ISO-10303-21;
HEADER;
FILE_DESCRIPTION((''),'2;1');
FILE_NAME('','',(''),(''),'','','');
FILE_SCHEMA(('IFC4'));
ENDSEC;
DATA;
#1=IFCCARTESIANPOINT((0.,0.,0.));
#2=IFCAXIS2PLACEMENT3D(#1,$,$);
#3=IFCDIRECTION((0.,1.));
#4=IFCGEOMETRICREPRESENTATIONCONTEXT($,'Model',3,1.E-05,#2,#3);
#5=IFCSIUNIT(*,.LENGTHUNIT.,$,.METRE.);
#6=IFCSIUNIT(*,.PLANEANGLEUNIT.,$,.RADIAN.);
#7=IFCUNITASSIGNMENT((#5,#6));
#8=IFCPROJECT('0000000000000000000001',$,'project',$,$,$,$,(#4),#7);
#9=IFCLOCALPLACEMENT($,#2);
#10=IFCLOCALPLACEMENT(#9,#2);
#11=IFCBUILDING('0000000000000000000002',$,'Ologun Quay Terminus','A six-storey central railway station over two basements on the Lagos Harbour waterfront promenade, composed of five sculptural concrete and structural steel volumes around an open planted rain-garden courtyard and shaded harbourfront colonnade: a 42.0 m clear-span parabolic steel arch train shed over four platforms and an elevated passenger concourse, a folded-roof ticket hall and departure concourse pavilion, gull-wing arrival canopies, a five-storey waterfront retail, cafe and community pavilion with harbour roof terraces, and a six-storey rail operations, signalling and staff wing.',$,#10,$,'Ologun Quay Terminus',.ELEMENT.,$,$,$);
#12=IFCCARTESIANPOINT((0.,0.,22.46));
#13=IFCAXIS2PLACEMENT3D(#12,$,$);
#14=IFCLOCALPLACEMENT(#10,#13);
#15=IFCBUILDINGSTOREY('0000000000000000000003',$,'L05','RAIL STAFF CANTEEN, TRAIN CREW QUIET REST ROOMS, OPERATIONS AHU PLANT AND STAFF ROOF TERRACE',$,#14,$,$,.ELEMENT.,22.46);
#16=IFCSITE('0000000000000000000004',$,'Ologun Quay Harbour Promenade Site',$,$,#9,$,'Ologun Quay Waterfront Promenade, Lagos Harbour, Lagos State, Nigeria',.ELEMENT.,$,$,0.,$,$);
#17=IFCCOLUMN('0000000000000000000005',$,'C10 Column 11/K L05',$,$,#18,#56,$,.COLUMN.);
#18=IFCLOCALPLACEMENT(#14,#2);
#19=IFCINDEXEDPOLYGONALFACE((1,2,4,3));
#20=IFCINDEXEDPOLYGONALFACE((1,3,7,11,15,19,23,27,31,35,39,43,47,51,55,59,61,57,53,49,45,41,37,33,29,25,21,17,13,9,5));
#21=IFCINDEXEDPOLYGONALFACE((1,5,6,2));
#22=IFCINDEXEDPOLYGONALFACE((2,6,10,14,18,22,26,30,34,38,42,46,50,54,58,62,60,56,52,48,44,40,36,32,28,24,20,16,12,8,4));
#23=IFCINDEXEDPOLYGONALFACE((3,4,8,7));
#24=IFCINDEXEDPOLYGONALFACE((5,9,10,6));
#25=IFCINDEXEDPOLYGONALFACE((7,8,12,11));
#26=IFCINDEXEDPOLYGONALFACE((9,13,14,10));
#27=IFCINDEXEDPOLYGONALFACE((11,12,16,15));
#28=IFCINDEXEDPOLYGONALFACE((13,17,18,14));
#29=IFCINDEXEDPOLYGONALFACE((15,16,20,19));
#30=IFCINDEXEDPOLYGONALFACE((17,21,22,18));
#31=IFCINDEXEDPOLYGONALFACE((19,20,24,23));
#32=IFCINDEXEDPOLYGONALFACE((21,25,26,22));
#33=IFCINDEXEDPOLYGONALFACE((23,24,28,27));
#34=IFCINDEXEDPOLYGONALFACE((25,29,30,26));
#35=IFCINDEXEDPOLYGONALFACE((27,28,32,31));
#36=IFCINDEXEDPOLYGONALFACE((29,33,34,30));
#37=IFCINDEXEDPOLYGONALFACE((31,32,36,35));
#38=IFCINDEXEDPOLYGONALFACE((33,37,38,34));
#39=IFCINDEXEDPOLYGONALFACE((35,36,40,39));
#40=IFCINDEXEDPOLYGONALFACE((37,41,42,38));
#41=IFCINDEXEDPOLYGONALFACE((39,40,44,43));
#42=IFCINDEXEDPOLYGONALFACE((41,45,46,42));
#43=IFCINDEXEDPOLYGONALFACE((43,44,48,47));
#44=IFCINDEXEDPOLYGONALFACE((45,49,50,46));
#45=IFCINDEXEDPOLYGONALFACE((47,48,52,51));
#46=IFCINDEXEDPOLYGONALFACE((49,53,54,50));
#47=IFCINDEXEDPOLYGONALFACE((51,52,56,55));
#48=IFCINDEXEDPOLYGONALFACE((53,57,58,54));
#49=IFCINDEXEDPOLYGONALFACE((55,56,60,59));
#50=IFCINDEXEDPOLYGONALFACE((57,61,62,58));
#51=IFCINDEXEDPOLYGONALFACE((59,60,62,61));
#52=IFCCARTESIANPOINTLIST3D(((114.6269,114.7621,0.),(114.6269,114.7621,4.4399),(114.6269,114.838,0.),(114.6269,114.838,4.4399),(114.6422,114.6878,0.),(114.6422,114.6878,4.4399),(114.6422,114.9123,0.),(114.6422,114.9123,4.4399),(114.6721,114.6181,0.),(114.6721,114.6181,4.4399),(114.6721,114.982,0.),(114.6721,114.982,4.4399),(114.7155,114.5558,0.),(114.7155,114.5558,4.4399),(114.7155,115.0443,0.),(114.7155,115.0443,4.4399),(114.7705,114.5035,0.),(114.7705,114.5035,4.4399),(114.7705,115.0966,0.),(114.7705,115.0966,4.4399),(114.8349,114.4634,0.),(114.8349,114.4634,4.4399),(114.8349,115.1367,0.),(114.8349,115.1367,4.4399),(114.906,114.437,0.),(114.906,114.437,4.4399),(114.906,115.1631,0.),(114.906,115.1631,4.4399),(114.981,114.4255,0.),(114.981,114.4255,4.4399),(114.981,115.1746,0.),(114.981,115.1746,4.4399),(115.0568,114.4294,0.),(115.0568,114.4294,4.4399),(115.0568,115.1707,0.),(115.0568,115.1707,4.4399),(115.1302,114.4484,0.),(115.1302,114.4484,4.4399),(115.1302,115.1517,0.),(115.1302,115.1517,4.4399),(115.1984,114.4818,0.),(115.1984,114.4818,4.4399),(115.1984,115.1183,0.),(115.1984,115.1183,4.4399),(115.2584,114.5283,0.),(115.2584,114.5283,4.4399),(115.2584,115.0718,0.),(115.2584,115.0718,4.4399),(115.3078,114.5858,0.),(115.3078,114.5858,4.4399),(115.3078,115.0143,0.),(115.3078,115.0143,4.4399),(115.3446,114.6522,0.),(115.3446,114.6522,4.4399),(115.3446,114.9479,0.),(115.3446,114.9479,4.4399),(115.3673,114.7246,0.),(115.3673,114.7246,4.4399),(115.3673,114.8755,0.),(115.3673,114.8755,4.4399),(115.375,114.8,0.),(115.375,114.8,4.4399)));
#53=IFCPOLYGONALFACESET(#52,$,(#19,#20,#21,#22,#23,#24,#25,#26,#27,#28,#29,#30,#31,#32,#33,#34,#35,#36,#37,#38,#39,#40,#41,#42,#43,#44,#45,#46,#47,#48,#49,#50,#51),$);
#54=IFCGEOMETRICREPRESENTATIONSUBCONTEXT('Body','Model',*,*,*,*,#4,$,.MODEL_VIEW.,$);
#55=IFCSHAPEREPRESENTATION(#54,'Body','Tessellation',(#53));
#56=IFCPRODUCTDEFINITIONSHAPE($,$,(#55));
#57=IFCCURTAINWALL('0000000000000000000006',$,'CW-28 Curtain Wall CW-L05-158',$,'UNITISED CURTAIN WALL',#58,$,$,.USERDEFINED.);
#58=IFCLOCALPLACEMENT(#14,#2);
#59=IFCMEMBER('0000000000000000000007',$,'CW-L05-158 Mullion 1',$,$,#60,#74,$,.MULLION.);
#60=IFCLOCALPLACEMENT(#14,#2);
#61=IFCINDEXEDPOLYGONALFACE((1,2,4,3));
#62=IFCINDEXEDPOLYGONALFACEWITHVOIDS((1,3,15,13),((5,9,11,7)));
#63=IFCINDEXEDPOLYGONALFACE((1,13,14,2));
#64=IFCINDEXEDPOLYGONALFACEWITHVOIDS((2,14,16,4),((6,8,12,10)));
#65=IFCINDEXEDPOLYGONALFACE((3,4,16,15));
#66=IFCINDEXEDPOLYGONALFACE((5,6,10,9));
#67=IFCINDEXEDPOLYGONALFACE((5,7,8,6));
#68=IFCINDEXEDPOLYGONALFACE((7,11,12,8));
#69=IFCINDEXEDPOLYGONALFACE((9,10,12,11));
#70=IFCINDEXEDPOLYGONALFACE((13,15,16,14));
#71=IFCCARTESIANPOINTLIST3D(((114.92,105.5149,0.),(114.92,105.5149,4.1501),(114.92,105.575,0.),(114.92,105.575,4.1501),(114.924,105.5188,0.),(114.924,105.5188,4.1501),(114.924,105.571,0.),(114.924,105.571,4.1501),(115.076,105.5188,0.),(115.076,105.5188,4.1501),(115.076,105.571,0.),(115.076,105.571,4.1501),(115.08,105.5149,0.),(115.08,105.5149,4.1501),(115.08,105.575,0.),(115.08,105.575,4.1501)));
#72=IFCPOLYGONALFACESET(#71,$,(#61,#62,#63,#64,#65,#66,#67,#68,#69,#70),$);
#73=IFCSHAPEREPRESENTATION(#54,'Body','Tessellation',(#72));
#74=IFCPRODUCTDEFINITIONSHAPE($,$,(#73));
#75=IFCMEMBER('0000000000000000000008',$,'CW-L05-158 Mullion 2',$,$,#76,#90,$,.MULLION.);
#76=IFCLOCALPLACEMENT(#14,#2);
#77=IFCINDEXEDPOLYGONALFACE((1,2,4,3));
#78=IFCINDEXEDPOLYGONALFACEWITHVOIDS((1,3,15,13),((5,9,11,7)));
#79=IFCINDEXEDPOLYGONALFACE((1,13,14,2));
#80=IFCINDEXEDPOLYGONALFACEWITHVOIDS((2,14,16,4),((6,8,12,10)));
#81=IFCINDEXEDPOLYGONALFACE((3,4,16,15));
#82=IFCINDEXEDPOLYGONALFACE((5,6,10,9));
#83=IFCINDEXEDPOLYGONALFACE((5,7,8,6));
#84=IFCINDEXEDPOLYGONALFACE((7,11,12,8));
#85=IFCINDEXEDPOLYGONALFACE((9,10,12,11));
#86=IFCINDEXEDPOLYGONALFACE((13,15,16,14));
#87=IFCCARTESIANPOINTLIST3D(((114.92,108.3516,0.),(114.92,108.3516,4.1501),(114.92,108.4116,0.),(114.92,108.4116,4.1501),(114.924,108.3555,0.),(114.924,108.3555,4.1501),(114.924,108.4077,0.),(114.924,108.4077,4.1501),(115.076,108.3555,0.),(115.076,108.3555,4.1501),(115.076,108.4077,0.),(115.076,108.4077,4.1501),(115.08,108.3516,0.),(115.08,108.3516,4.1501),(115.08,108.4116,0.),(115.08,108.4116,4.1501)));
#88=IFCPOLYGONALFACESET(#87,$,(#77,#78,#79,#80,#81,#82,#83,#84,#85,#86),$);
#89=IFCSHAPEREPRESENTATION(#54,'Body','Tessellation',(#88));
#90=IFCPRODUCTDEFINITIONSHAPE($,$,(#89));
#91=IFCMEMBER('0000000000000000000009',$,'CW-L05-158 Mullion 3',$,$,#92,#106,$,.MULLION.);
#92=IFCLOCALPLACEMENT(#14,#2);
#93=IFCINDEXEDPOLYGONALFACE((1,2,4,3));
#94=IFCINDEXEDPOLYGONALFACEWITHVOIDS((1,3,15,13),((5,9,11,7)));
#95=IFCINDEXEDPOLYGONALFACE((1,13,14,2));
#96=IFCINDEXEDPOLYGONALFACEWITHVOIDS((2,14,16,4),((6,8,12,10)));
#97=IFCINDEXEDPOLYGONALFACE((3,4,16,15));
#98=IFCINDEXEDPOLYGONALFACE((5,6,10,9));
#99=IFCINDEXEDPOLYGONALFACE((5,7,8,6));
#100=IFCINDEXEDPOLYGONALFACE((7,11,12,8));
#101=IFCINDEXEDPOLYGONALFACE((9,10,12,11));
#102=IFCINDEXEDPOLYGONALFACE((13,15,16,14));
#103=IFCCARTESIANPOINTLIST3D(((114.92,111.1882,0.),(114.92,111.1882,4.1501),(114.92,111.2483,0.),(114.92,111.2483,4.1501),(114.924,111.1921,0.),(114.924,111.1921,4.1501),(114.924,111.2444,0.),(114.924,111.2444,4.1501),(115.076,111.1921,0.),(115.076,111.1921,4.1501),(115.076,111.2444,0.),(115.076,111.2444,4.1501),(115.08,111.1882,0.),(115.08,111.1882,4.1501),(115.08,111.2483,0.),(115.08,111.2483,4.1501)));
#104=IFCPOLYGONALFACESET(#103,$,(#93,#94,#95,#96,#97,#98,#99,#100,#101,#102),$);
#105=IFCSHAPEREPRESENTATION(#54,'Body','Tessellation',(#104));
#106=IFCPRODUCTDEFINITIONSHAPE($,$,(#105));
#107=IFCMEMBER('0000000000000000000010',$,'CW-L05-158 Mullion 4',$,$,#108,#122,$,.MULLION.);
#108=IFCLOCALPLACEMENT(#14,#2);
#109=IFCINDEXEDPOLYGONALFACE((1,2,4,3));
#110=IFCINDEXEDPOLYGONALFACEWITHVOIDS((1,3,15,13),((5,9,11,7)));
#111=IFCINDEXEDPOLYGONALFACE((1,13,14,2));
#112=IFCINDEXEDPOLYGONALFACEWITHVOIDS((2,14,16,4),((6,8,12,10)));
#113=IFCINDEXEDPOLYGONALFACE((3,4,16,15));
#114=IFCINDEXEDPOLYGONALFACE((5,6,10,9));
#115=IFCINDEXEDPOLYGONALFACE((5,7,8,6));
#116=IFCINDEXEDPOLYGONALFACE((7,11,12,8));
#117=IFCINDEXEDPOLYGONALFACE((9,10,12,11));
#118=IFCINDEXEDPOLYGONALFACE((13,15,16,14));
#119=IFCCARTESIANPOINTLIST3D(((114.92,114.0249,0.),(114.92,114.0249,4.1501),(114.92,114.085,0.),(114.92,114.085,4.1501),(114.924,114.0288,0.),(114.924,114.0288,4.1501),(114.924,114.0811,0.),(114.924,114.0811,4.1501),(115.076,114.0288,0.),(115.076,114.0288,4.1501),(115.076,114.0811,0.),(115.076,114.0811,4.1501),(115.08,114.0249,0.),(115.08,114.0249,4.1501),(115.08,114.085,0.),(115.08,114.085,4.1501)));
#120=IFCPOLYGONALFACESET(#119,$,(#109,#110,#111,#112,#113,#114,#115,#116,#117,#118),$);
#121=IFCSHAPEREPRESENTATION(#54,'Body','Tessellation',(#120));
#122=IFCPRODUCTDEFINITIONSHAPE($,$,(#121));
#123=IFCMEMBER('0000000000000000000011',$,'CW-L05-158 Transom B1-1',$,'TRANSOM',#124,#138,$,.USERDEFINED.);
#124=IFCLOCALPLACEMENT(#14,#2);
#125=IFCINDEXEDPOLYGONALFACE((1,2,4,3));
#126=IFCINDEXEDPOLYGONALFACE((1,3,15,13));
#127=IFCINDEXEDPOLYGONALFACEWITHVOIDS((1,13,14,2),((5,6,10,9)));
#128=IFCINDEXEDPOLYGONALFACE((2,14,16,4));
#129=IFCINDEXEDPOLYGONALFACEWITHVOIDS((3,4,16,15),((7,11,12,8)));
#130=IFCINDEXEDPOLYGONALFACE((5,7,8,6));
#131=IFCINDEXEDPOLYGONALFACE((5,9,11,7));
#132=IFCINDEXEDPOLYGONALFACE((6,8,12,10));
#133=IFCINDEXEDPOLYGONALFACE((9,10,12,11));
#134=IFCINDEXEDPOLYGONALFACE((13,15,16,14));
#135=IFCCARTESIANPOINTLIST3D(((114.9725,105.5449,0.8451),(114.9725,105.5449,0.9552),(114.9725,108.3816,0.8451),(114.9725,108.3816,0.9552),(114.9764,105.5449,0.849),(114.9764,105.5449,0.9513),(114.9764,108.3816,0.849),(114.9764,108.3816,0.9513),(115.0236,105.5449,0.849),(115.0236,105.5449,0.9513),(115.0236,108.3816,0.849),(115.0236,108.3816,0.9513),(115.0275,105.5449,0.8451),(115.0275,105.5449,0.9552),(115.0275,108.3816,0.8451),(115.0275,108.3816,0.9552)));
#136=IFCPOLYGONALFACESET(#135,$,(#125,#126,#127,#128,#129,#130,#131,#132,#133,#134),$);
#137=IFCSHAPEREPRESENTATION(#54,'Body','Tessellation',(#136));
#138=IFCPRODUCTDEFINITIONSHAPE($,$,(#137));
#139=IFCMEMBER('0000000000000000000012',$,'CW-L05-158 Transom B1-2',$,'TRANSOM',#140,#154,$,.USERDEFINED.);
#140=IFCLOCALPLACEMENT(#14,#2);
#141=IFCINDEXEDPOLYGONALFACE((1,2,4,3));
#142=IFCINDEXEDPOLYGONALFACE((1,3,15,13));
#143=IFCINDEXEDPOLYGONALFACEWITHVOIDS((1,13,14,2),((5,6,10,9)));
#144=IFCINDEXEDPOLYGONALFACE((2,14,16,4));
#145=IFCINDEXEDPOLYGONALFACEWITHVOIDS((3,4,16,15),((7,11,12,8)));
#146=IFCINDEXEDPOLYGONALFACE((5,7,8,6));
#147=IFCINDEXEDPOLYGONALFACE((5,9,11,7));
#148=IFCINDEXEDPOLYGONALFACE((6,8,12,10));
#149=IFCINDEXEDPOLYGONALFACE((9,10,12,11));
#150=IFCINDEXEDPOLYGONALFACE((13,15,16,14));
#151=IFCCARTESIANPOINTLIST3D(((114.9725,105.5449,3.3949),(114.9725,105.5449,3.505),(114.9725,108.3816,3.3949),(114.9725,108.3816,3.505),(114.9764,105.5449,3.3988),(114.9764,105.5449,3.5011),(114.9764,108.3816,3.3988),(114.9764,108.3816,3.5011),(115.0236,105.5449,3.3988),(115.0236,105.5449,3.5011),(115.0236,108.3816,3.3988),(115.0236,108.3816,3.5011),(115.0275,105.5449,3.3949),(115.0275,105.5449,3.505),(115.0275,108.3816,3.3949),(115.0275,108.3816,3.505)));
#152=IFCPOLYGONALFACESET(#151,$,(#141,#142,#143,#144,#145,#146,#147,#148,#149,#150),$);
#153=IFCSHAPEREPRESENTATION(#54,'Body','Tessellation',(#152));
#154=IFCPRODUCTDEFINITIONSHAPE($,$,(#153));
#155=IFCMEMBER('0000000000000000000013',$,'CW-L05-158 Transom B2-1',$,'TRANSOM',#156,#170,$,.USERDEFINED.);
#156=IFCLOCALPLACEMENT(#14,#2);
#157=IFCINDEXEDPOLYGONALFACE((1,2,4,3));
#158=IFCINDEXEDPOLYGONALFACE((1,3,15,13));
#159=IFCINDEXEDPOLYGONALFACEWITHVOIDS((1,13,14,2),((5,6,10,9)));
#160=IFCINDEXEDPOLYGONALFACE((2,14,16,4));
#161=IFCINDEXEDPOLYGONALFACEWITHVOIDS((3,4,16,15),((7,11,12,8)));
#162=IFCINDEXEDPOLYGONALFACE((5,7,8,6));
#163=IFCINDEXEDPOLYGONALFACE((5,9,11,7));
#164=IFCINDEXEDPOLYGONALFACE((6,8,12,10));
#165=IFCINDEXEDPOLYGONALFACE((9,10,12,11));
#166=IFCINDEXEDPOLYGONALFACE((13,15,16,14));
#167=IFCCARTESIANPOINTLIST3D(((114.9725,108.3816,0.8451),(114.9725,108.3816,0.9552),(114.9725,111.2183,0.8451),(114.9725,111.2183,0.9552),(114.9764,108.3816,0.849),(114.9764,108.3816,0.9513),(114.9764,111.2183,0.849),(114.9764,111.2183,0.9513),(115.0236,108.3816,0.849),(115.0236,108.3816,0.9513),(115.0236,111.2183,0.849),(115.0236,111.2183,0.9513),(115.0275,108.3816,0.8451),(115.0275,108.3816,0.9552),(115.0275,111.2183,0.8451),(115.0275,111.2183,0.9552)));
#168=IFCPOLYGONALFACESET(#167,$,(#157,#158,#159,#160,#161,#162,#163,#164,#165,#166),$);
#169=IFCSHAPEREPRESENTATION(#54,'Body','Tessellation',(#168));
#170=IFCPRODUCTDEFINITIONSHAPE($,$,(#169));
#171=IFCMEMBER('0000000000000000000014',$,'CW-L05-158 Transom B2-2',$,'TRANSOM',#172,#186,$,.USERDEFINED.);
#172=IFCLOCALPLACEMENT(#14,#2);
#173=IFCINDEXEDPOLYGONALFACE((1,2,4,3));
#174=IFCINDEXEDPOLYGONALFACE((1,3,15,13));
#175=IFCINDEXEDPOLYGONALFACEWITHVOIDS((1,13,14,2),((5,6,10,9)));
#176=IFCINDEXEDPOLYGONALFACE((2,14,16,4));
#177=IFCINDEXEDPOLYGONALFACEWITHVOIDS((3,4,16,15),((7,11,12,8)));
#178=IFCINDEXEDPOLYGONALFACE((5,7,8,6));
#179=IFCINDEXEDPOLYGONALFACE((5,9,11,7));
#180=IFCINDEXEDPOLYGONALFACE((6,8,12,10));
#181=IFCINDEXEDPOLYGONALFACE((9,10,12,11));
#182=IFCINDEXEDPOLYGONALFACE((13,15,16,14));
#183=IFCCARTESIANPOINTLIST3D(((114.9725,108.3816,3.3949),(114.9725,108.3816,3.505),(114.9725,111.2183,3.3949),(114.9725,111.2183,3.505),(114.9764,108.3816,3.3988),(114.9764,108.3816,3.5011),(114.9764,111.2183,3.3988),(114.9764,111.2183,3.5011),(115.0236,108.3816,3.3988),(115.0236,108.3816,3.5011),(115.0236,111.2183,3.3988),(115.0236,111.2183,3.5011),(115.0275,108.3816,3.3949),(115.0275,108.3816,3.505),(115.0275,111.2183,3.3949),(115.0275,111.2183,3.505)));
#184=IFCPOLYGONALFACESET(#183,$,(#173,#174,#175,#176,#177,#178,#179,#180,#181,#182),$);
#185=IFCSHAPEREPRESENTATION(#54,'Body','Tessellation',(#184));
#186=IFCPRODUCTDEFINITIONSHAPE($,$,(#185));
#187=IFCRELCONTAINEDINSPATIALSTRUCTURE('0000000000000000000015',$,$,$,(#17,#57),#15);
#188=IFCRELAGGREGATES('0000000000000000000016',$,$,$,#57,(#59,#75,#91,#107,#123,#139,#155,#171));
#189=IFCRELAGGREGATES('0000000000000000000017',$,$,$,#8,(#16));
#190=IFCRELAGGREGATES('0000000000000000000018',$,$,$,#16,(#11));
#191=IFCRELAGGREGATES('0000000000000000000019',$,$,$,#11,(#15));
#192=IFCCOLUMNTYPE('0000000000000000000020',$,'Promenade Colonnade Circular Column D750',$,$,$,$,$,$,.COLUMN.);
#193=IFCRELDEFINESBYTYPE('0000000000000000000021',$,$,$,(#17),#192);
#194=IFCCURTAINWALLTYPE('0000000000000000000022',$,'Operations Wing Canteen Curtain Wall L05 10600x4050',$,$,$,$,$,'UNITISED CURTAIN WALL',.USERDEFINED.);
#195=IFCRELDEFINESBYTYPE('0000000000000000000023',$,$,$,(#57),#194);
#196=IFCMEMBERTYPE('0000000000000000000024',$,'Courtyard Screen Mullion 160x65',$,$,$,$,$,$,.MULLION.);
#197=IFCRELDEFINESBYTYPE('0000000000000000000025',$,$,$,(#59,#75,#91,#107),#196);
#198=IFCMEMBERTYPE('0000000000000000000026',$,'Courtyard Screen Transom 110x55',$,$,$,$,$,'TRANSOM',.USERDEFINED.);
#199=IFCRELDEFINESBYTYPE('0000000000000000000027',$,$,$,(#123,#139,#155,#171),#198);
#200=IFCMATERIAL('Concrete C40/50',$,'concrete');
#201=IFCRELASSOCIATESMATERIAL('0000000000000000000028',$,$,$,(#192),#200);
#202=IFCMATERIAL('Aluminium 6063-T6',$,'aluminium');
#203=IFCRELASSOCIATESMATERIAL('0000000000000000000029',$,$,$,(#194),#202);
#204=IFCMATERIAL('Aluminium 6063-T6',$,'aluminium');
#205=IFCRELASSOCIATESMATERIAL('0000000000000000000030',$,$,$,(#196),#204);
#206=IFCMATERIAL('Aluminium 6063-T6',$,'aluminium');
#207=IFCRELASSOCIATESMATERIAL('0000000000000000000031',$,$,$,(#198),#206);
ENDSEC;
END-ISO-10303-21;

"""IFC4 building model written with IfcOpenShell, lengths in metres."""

from ifc_helpers import new_model, si_unit, direction, frame, origin, origin_2d, place, context, subcontext, project, spatial, hollow_rectangle, circle, extrude, material, material_profile, profile_set, type_object, element, aggregate, save


model = new_model("IFC4")

# Units and contexts
model_context = context("Model", 3, precision=1e-05, world=origin(), true_north=direction((0.0, 1.0)))
body_context = subcontext(model_context, "Body", "Model", "MODEL_VIEW")
ifc_project = project(units=[si_unit("LENGTHUNIT", "METRE"), si_unit("PLANEANGLEUNIT", "RADIAN")], contexts=[model_context])

# Site, building, storey
site_placement = place(None, origin())
site = spatial("IfcSite", under=ifc_project, at=site_placement, Name="Ologun Quay Harbour Promenade Site", LongName="Ologun Quay Waterfront Promenade, Lagos Harbour, Lagos State, Nigeria", CompositionType="ELEMENT", RefElevation=0.0)
building_placement = place(site_placement, origin())
building = spatial("IfcBuilding", under=site, at=building_placement, Name="Ologun Quay Terminus", Description="A six-storey central railway station over two basements on the Lagos Harbour waterfront promenade, composed of five sculptural concrete and structural steel volumes around an open planted rain-garden courtyard and shaded harbourfront colonnade: a 42.0 m clear-span parabolic steel arch train shed over four platforms and an elevated passenger concourse, a folded-roof ticket hall and departure concourse pavilion, gull-wing arrival canopies, a five-storey waterfront retail, cafe and community pavilion with harbour roof terraces, and a six-storey rail operations, signalling and staff wing.", LongName="Ologun Quay Terminus", CompositionType="ELEMENT")
storey_placement = place(building_placement, frame((0.0, 0.0, 22.46)))
storey = spatial("IfcBuildingStorey", under=building, at=storey_placement, Name="L05", Description="RAIL STAFF CANTEEN, TRAIN CREW QUIET REST ROOMS, OPERATIONS AHU PLANT AND STAFF ROOF TERRACE", CompositionType="ELEMENT", Elevation=22.46)

# Column
ifc_material_1 = material(Name="Concrete C40/50", Category="concrete")
ifc_material_profile_1 = material_profile(ifc_material_1, circle(Radius=0.375, at=origin_2d()), Name="RC D750")
ifc_profile_set_1 = profile_set([ifc_material_profile_1], Name="Concrete C40/50")
column_type = type_object("IfcColumnType", Name="Promenade Colonnade Circular Column D750", PredefinedType="COLUMN", material=ifc_profile_set_1)
column_placement = place(storey_placement, frame((115.0, 114.8, 0.0), z_axis=(0.0, 0.0, 1.0), x_axis=(1.0, 0.0, 0.0)))
element("IfcColumn", 1, at=column_placement, inside=storey, type_object=column_type, Name="C10 Column 11/K L05", PredefinedType="COLUMN", context=body_context, shape_type="SweptSolid", body=[
    extrude(circle(Radius=0.375, at=origin_2d()), origin(), (0.0, 0.0, 1.0), 4.4399),
])

# Curtain wall, members
ifc_material_2 = material(Name="Aluminium 6063-T6", Category="aluminium")
curtain_wall_type = type_object("IfcCurtainWallType", Name="Operations Wing Canteen Curtain Wall L05 10600x4050", ElementType="UNITISED CURTAIN WALL", PredefinedType="USERDEFINED", material=ifc_material_2)
curtain_wall_placement = place(storey_placement, origin())
curtain_wall = element("IfcCurtainWall", 2, at=curtain_wall_placement, inside=storey, type_object=curtain_wall_type, Name="CW-28 Curtain Wall CW-L05-158", ObjectType="UNITISED CURTAIN WALL", PredefinedType="USERDEFINED")
ifc_material_3 = material(Name="Aluminium 6063-T6", Category="aluminium")
ifc_material_profile_2 = material_profile(ifc_material_3, hollow_rectangle(XDim=0.0601, YDim=0.1599, WallThickness=0.0039, at=origin_2d()), Name="ALU 160x60x4")
ifc_profile_set_2 = profile_set([ifc_material_profile_2], Name="Aluminium 6063-T6")
member_type_1 = type_object("IfcMemberType", Name="Courtyard Screen Mullion 160x65", PredefinedType="MULLION", material=ifc_profile_set_2)
member_1_placement = place(storey_placement, frame((115.0, 105.5449, 0.0), z_axis=(0.0, 0.0, 1.0), x_axis=(0.0, 1.0, 0.0)))
member_1 = element("IfcMember", 3, at=member_1_placement, type_object=member_type_1, Name="CW-L05-158 Mullion 1", PredefinedType="MULLION", context=body_context, shape_type="SweptSolid", body=[
    extrude(hollow_rectangle(XDim=0.0601, YDim=0.1599, WallThickness=0.0039, at=origin_2d()), origin(), (0.0, 0.0, 1.0), 4.1501),
])
member_2_placement = place(storey_placement, frame((115.0, 108.3816, 0.0), z_axis=(0.0, 0.0, 1.0), x_axis=(0.0, 1.0, 0.0)))
member_2 = element("IfcMember", 4, at=member_2_placement, type_object=member_type_1, Name="CW-L05-158 Mullion 2", PredefinedType="MULLION", context=body_context, shape_type="SweptSolid", body=[
    extrude(hollow_rectangle(XDim=0.0601, YDim=0.1599, WallThickness=0.0039, at=origin_2d()), origin(), (0.0, 0.0, 1.0), 4.1501),
])
member_3_placement = place(storey_placement, frame((115.0, 111.2183, 0.0), z_axis=(0.0, 0.0, 1.0), x_axis=(0.0, 1.0, 0.0)))
member_3 = element("IfcMember", 5, at=member_3_placement, type_object=member_type_1, Name="CW-L05-158 Mullion 3", PredefinedType="MULLION", context=body_context, shape_type="SweptSolid", body=[
    extrude(hollow_rectangle(XDim=0.0601, YDim=0.1599, WallThickness=0.0039, at=origin_2d()), origin(), (0.0, 0.0, 1.0), 4.1501),
])
member_4_placement = place(storey_placement, frame((115.0, 114.0549, 0.0), z_axis=(0.0, 0.0, 1.0), x_axis=(0.0, 1.0, 0.0)))
member_4 = element("IfcMember", 6, at=member_4_placement, type_object=member_type_1, Name="CW-L05-158 Mullion 4", PredefinedType="MULLION", context=body_context, shape_type="SweptSolid", body=[
    extrude(hollow_rectangle(XDim=0.0601, YDim=0.1599, WallThickness=0.0039, at=origin_2d()), origin(), (0.0, 0.0, 1.0), 4.1501),
])
ifc_material_4 = material(Name="Aluminium 6063-T6", Category="aluminium")
ifc_material_profile_3 = material_profile(ifc_material_4, hollow_rectangle(XDim=0.0549, YDim=0.1101, WallThickness=0.0039, at=origin_2d()), Name="ALU 110x55x4")
ifc_profile_set_3 = profile_set([ifc_material_profile_3], Name="Aluminium 6063-T6")
member_type_2 = type_object("IfcMemberType", Name="Courtyard Screen Transom 110x55", ElementType="TRANSOM", PredefinedType="USERDEFINED", material=ifc_profile_set_3)
member_5_placement = place(storey_placement, frame((115.0, 105.5449, 0.9001), z_axis=(0.0, 1.0, 0.0), x_axis=(-1.0, 0.0, 0.0)))
member_5 = element("IfcMember", 7, at=member_5_placement, type_object=member_type_2, Name="CW-L05-158 Transom B1-1", ObjectType="TRANSOM", PredefinedType="USERDEFINED", context=body_context, shape_type="SweptSolid", body=[
    extrude(hollow_rectangle(XDim=0.0549, YDim=0.1101, WallThickness=0.0039, at=origin_2d()), origin(), (0.0, 0.0, 1.0), 2.8367),
])
member_6_placement = place(storey_placement, frame((115.0, 105.5449, 3.45), z_axis=(0.0, 1.0, 0.0), x_axis=(-1.0, 0.0, 0.0)))
member_6 = element("IfcMember", 8, at=member_6_placement, type_object=member_type_2, Name="CW-L05-158 Transom B1-2", ObjectType="TRANSOM", PredefinedType="USERDEFINED", context=body_context, shape_type="SweptSolid", body=[
    extrude(hollow_rectangle(XDim=0.0549, YDim=0.1101, WallThickness=0.0039, at=origin_2d()), origin(), (0.0, 0.0, 1.0), 2.8367),
])
member_7_placement = place(storey_placement, frame((115.0, 108.3816, 0.9001), z_axis=(0.0, 1.0, 0.0), x_axis=(-1.0, 0.0, 0.0)))
member_7 = element("IfcMember", 9, at=member_7_placement, type_object=member_type_2, Name="CW-L05-158 Transom B2-1", ObjectType="TRANSOM", PredefinedType="USERDEFINED", context=body_context, shape_type="SweptSolid", body=[
    extrude(hollow_rectangle(XDim=0.0549, YDim=0.1101, WallThickness=0.0039, at=origin_2d()), origin(), (0.0, 0.0, 1.0), 2.8367),
])
member_8_placement = place(storey_placement, frame((115.0, 108.3816, 3.45), z_axis=(0.0, 1.0, 0.0), x_axis=(-1.0, 0.0, 0.0)))
member_8 = element("IfcMember", 10, at=member_8_placement, type_object=member_type_2, Name="CW-L05-158 Transom B2-2", ObjectType="TRANSOM", PredefinedType="USERDEFINED", context=body_context, shape_type="SweptSolid", body=[
    extrude(hollow_rectangle(XDim=0.0549, YDim=0.1101, WallThickness=0.0039, at=origin_2d()), origin(), (0.0, 0.0, 1.0), 2.8367),
])

aggregate(curtain_wall, [member_1, member_2, member_3, member_4, member_5, member_6, member_7, member_8])

save(model, "model.ifc")
